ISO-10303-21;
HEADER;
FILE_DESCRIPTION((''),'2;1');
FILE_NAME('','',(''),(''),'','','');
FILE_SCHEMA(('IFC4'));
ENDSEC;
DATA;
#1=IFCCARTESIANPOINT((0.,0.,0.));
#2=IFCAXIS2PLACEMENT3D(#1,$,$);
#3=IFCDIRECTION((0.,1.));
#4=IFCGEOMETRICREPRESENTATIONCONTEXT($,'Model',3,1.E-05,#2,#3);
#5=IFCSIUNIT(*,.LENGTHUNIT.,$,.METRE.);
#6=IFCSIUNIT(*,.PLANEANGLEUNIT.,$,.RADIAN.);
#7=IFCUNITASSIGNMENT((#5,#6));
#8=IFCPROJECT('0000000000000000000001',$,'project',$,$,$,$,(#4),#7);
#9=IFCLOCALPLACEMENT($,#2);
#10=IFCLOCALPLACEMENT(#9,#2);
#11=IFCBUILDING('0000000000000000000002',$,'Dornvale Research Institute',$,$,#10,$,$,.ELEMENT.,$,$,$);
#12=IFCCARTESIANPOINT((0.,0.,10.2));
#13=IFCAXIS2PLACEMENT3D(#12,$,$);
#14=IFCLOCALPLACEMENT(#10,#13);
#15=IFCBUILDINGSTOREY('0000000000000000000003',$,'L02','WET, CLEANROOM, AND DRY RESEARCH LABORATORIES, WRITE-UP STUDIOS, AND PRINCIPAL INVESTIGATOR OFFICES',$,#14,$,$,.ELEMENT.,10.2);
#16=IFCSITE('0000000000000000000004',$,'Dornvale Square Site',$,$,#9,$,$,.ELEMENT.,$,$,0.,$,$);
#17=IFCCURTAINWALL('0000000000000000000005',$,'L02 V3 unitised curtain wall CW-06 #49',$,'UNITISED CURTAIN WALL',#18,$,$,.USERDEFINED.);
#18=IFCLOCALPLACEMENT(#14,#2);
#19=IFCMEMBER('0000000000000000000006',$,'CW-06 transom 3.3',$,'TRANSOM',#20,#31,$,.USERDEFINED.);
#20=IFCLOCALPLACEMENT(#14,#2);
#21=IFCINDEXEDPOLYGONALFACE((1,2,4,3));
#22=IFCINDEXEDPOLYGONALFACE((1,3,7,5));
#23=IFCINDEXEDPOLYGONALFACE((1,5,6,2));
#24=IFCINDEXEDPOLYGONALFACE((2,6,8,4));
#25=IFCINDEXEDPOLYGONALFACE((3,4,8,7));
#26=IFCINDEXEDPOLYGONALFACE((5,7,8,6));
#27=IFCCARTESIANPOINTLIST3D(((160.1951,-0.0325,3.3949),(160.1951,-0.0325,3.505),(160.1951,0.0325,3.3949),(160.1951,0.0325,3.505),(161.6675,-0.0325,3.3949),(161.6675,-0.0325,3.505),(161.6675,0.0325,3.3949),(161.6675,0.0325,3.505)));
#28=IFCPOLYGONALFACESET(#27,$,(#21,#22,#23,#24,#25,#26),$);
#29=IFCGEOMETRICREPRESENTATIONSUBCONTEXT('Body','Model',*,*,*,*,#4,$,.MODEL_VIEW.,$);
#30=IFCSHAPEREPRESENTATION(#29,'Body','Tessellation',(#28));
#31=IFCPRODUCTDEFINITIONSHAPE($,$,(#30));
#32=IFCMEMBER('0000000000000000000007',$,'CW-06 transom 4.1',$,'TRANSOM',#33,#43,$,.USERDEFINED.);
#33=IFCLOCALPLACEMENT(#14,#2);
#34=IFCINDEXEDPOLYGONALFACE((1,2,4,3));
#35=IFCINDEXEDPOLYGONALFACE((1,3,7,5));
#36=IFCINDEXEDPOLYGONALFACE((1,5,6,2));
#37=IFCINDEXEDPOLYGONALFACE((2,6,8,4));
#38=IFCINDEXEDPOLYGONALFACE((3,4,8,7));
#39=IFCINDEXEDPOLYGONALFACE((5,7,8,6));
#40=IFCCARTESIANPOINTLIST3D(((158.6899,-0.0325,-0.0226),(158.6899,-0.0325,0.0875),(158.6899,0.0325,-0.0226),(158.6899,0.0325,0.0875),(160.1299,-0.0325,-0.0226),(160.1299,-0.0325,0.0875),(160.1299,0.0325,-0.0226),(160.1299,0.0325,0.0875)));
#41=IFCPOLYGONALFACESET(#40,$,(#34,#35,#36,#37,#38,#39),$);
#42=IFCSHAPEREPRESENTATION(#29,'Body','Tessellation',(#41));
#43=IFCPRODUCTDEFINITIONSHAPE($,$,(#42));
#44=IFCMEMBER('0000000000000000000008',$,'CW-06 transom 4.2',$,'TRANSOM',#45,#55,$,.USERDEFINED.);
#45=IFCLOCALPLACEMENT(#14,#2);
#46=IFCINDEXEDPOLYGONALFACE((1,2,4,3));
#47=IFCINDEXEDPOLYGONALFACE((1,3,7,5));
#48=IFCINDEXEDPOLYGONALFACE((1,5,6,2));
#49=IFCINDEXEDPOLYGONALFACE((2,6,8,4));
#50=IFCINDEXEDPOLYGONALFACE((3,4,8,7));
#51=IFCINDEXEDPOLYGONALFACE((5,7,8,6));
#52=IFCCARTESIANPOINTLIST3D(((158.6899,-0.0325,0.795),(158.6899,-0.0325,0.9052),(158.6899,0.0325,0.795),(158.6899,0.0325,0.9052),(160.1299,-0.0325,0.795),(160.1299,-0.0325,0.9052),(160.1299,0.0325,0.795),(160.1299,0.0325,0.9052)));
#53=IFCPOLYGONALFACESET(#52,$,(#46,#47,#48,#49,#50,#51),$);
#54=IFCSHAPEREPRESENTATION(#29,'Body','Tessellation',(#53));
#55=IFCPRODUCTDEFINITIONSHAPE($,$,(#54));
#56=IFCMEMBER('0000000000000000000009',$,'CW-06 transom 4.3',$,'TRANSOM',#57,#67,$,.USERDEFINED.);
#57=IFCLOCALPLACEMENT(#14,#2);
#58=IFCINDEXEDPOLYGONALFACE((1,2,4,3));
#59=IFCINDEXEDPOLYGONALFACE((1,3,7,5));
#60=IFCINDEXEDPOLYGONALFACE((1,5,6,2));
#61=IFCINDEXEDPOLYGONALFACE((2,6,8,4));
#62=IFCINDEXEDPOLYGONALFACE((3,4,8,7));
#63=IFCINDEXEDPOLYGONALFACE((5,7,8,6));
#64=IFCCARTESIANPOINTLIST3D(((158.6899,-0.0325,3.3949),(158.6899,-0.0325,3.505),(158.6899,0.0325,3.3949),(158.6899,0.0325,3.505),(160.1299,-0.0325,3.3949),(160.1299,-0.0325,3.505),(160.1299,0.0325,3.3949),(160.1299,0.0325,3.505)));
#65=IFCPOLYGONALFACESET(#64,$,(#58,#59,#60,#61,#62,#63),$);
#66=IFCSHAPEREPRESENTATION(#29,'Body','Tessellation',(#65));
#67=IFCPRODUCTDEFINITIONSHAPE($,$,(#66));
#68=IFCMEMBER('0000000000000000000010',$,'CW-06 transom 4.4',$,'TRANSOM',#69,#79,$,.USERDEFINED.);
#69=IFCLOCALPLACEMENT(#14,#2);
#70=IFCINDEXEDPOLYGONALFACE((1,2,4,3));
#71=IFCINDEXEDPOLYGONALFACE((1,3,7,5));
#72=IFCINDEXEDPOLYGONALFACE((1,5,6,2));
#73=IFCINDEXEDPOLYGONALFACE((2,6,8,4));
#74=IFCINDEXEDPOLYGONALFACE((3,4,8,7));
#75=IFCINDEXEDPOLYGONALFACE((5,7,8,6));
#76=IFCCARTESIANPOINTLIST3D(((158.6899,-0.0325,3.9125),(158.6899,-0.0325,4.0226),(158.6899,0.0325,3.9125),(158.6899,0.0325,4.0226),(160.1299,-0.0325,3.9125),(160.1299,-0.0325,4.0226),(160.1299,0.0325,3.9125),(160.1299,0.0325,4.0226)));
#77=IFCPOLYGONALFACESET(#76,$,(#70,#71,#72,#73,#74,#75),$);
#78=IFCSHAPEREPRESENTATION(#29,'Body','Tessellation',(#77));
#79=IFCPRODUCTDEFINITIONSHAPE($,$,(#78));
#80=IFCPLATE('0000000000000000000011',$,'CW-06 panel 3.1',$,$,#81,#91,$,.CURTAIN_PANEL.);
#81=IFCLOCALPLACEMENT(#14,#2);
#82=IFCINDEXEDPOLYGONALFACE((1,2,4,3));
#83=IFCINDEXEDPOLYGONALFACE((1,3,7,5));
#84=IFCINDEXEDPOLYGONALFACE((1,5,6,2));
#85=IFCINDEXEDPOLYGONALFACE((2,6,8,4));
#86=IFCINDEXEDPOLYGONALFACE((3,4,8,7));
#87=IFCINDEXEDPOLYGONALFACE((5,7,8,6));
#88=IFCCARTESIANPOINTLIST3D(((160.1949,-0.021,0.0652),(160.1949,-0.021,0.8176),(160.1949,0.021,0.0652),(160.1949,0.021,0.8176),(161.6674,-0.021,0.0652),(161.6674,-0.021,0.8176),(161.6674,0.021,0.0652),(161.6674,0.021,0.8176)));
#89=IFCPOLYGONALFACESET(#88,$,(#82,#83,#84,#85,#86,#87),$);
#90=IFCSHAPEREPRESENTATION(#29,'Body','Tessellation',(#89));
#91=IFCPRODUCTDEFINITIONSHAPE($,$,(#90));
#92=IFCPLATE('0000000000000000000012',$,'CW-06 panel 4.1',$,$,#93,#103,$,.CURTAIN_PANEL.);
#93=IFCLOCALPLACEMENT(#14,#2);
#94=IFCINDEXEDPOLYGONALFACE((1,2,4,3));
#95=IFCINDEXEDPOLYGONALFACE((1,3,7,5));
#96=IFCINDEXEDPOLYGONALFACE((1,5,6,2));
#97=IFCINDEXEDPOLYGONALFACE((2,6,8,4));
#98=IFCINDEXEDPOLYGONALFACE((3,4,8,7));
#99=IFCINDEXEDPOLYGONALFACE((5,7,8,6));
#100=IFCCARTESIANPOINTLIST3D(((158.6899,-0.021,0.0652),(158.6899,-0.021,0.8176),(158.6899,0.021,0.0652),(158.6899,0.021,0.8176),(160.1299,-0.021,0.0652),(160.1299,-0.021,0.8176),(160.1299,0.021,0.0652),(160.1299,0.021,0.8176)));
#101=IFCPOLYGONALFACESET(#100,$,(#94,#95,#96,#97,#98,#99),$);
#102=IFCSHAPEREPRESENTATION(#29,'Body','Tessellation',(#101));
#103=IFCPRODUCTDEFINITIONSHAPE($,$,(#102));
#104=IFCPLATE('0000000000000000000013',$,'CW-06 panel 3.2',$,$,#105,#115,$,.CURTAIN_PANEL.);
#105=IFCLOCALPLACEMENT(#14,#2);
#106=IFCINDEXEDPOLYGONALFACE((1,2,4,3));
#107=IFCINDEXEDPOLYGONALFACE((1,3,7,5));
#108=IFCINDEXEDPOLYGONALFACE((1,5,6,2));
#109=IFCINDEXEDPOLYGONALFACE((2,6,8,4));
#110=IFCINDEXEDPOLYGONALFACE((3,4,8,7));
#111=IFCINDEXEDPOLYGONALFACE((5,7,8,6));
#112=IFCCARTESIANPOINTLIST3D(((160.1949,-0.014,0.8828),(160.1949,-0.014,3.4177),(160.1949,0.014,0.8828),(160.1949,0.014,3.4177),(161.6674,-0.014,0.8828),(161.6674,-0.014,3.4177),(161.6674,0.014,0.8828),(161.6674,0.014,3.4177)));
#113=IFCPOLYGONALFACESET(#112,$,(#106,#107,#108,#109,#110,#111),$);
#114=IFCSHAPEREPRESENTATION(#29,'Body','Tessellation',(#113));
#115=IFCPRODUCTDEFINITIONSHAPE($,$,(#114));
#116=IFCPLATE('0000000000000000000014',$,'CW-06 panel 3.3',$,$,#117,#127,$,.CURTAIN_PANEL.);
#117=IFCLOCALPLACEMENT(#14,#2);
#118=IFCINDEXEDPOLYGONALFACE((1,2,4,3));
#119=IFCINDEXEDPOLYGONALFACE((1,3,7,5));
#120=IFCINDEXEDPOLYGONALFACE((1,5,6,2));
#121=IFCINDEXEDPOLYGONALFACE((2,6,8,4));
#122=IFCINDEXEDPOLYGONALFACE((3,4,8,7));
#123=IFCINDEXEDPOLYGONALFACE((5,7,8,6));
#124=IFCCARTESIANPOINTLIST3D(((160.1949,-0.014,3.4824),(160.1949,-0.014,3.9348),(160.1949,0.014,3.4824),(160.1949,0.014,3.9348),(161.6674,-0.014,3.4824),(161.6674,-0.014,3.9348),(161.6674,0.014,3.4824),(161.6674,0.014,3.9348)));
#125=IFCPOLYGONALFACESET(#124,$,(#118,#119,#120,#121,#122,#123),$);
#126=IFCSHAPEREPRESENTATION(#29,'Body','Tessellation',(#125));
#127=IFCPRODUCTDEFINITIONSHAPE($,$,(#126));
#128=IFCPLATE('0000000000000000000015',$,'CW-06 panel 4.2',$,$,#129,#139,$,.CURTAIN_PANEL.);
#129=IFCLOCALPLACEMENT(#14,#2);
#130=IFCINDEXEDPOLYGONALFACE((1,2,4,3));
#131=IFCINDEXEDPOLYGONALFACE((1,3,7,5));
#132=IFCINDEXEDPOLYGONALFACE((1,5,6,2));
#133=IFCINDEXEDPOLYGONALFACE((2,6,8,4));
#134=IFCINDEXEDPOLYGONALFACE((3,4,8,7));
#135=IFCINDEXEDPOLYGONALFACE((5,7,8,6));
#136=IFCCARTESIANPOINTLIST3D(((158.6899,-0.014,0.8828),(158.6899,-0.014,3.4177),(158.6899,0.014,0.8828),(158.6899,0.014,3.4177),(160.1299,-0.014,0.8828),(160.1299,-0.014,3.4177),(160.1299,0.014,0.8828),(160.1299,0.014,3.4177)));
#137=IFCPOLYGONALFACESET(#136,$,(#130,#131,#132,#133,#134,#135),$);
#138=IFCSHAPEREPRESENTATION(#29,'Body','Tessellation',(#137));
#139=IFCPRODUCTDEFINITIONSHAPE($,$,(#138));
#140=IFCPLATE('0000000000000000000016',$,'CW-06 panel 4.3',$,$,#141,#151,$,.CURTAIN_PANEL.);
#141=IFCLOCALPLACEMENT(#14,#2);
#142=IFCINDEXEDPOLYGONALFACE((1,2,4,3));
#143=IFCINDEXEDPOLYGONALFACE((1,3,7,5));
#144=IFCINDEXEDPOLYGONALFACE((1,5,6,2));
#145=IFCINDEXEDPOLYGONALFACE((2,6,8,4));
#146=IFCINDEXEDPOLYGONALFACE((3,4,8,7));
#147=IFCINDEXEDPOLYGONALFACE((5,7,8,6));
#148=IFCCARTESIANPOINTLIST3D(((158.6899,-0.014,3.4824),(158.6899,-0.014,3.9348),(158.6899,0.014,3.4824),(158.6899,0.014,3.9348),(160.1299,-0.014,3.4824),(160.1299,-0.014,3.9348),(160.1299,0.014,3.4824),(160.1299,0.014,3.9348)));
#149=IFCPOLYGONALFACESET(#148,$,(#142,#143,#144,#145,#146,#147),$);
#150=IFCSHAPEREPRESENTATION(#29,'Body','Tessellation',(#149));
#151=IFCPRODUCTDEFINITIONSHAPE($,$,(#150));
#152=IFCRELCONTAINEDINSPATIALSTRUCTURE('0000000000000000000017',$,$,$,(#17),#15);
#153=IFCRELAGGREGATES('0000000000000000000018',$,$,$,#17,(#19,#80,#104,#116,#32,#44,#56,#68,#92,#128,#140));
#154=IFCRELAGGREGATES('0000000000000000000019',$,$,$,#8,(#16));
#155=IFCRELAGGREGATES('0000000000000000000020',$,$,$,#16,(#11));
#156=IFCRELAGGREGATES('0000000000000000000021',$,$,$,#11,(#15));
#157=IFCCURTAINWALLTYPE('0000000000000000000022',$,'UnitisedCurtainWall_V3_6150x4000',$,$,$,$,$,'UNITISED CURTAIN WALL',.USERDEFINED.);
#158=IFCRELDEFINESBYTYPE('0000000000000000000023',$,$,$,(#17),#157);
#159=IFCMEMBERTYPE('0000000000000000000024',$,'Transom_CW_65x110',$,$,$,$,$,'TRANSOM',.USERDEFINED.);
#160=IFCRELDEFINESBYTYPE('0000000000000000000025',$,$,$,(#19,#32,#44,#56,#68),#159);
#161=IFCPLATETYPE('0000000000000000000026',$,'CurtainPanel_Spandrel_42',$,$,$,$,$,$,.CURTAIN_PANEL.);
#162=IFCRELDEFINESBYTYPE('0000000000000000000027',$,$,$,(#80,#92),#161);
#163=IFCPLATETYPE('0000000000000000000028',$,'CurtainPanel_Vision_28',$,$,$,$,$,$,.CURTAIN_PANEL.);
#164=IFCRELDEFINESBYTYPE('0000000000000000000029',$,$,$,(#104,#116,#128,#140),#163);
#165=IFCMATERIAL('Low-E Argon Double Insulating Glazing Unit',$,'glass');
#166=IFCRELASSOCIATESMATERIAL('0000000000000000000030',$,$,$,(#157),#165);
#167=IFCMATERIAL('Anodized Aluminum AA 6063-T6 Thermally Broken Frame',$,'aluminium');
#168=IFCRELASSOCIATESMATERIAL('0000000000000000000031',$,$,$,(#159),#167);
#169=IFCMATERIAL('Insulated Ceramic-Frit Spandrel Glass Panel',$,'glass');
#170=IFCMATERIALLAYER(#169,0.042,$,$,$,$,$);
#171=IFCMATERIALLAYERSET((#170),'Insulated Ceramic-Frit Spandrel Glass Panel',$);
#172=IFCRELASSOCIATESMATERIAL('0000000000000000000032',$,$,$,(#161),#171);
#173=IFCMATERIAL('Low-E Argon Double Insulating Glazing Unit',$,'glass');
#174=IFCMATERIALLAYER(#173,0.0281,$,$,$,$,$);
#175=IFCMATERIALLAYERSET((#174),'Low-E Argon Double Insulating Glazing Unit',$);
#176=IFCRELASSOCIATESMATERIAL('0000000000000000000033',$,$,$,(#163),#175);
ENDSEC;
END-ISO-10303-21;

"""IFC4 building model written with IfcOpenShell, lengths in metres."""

from ifc_helpers import new_model, si_unit, direction, frame, origin, origin_2d, place, context, subcontext, project, spatial, rectangle, extrude, material, layer, layer_set, material_profile, profile_set, type_object, element, aggregate, save


model = new_model("IFC4")

# Units and contexts
model_context = context("Model", 3, precision=1e-05, world=origin(), true_north=direction((0.0, 1.0)))
body_context = subcontext(model_context, "Body", "Model", "MODEL_VIEW")
ifc_project = project(units=[si_unit("LENGTHUNIT", "METRE"), si_unit("PLANEANGLEUNIT", "RADIAN")], contexts=[model_context])

# Site, building, storey
site_placement = place(None, origin())
site = spatial("IfcSite", under=ifc_project, at=site_placement, Name="Dornvale Square Site", CompositionType="ELEMENT", RefElevation=0.0)
building_placement = place(site_placement, origin())
building = spatial("IfcBuilding", under=site, at=building_placement, Name="Dornvale Research Institute", CompositionType="ELEMENT")
storey_placement = place(building_placement, frame((0.0, 0.0, 10.2)))
storey = spatial("IfcBuildingStorey", under=building, at=storey_placement, Name="L02", Description="WET, CLEANROOM, AND DRY RESEARCH LABORATORIES, WRITE-UP STUDIOS, AND PRINCIPAL INVESTIGATOR OFFICES", CompositionType="ELEMENT", Elevation=10.2)

# Curtain wall
ifc_material_1 = material(Name="Low-E Argon Double Insulating Glazing Unit", Category="glass")
curtain_wall_type = type_object("IfcCurtainWallType", Name="UnitisedCurtainWall_V3_6150x4000", ElementType="UNITISED CURTAIN WALL", PredefinedType="USERDEFINED", material=ifc_material_1)
curtain_wall_placement = place(storey_placement, origin())
curtain_wall = element("IfcCurtainWall", 1, at=curtain_wall_placement, inside=storey, type_object=curtain_wall_type, Name="L02 V3 unitised curtain wall CW-06 #49", ObjectType="UNITISED CURTAIN WALL", PredefinedType="USERDEFINED")

# Members
ifc_material_2 = material(Name="Anodized Aluminum AA 6063-T6 Thermally Broken Frame", Category="aluminium")
ifc_material_profile_1 = material_profile(ifc_material_2, rectangle(XDim=0.0649, YDim=0.1101, at=origin_2d()), Name="ALU TRANSOM 65x110")
ifc_profile_set_1 = profile_set([ifc_material_profile_1], Name="Anodized Aluminum AA 6063-T6 Thermally Broken Frame")
member_type_1 = type_object("IfcMemberType", Name="Transom_CW_65x110", ElementType="TRANSOM", PredefinedType="USERDEFINED", material=ifc_profile_set_1)
member_1_placement = place(storey_placement, frame((161.6675, 0.0, 3.45), z_axis=(-1.0, 0.0, 0.0), x_axis=(0.0, -1.0, 0.0)))
member_1 = element("IfcMember", 2, at=member_1_placement, type_object=member_type_1, Name="CW-06 transom 3.3", ObjectType="TRANSOM", PredefinedType="USERDEFINED", context=body_context, shape_type="SweptSolid", body=[
    extrude(rectangle(XDim=0.0649, YDim=0.1101, at=origin_2d()), origin(), (0.0, 0.0, 1.0), 1.4724),
])
member_2_placement = place(storey_placement, frame((160.1299, 0.0, 0.0325), z_axis=(-1.0, 0.0, 0.0), x_axis=(0.0, -1.0, 0.0)))
member_2 = element("IfcMember", 3, at=member_2_placement, type_object=member_type_1, Name="CW-06 transom 4.1", ObjectType="TRANSOM", PredefinedType="USERDEFINED", context=body_context, shape_type="SweptSolid", body=[
    extrude(rectangle(XDim=0.0649, YDim=0.1101, at=origin_2d()), origin(), (0.0, 0.0, 1.0), 1.4399),
])
member_3_placement = place(storey_placement, frame((160.1299, 0.0, 0.8501), z_axis=(-1.0, 0.0, 0.0), x_axis=(0.0, -1.0, 0.0)))
member_3 = element("IfcMember", 4, at=member_3_placement, type_object=member_type_1, Name="CW-06 transom 4.2", ObjectType="TRANSOM", PredefinedType="USERDEFINED", context=body_context, shape_type="SweptSolid", body=[
    extrude(rectangle(XDim=0.0649, YDim=0.1101, at=origin_2d()), origin(), (0.0, 0.0, 1.0), 1.4399),
])
member_4_placement = place(storey_placement, frame((160.1299, 0.0, 3.45), z_axis=(-1.0, 0.0, 0.0), x_axis=(0.0, -1.0, 0.0)))
member_4 = element("IfcMember", 5, at=member_4_placement, type_object=member_type_1, Name="CW-06 transom 4.3", ObjectType="TRANSOM", PredefinedType="USERDEFINED", context=body_context, shape_type="SweptSolid", body=[
    extrude(rectangle(XDim=0.0649, YDim=0.1101, at=origin_2d()), origin(), (0.0, 0.0, 1.0), 1.4399),
])
member_5_placement = place(storey_placement, frame((160.1299, 0.0, 3.9675), z_axis=(-1.0, 0.0, 0.0), x_axis=(0.0, -1.0, 0.0)))
member_5 = element("IfcMember", 6, at=member_5_placement, type_object=member_type_1, Name="CW-06 transom 4.4", ObjectType="TRANSOM", PredefinedType="USERDEFINED", context=body_context, shape_type="SweptSolid", body=[
    extrude(rectangle(XDim=0.0649, YDim=0.1101, at=origin_2d()), origin(), (0.0, 0.0, 1.0), 1.4399),
])

# Plates
ifc_material_3 = material(Name="Insulated Ceramic-Frit Spandrel Glass Panel", Category="glass")
ifc_layer_1 = layer(ifc_material_3, 0.042)
ifc_layer_set_1 = layer_set([ifc_layer_1], Name="Insulated Ceramic-Frit Spandrel Glass Panel")
plate_type_1 = type_object("IfcPlateType", Name="CurtainPanel_Spandrel_42", PredefinedType="CURTAIN_PANEL", material=ifc_layer_set_1)
plate_1_placement = place(storey_placement, frame((160.9312, 0.0, 0.0652), z_axis=(0.0, 0.0, 1.0), x_axis=(-1.0, 0.0, 0.0)))
plate_1 = element("IfcPlate", 7, at=plate_1_placement, type_object=plate_type_1, Name="CW-06 panel 3.1", PredefinedType="CURTAIN_PANEL", context=body_context, shape_type="SweptSolid", body=[
    extrude(rectangle(XDim=1.4724, YDim=0.042, at=origin_2d()), origin(), (0.0, 0.0, 1.0), 0.7524),
])
plate_2_placement = place(storey_placement, frame((159.4099, 0.0, 0.0652), z_axis=(0.0, 0.0, 1.0), x_axis=(-1.0, 0.0, 0.0)))
plate_2 = element("IfcPlate", 8, at=plate_2_placement, type_object=plate_type_1, Name="CW-06 panel 4.1", PredefinedType="CURTAIN_PANEL", context=body_context, shape_type="SweptSolid", body=[
    extrude(rectangle(XDim=1.4399, YDim=0.042, at=origin_2d()), origin(), (0.0, 0.0, 1.0), 0.7524),
])
ifc_material_4 = material(Name="Low-E Argon Double Insulating Glazing Unit", Category="glass")
ifc_layer_2 = layer(ifc_material_4, 0.0281)
ifc_layer_set_2 = layer_set([ifc_layer_2], Name="Low-E Argon Double Insulating Glazing Unit")
plate_type_2 = type_object("IfcPlateType", Name="CurtainPanel_Vision_28", PredefinedType="CURTAIN_PANEL", material=ifc_layer_set_2)
plate_3_placement = place(storey_placement, frame((160.9312, 0.0, 0.8828), z_axis=(0.0, 0.0, 1.0), x_axis=(-1.0, 0.0, 0.0)))
plate_3 = element("IfcPlate", 9, at=plate_3_placement, type_object=plate_type_2, Name="CW-06 panel 3.2", PredefinedType="CURTAIN_PANEL", context=body_context, shape_type="SweptSolid", body=[
    extrude(rectangle(XDim=1.4724, YDim=0.0281, at=origin_2d()), origin(), (0.0, 0.0, 1.0), 2.5349),
])
plate_4_placement = place(storey_placement, frame((160.9312, 0.0, 3.4824), z_axis=(0.0, 0.0, 1.0), x_axis=(-1.0, 0.0, 0.0)))
plate_4 = element("IfcPlate", 10, at=plate_4_placement, type_object=plate_type_2, Name="CW-06 panel 3.3", PredefinedType="CURTAIN_PANEL", context=body_context, shape_type="SweptSolid", body=[
    extrude(rectangle(XDim=1.4724, YDim=0.0281, at=origin_2d()), origin(), (0.0, 0.0, 1.0), 0.4524),
])
plate_5_placement = place(storey_placement, frame((159.4099, 0.0, 0.8828), z_axis=(0.0, 0.0, 1.0), x_axis=(-1.0, 0.0, 0.0)))
plate_5 = element("IfcPlate", 11, at=plate_5_placement, type_object=plate_type_2, Name="CW-06 panel 4.2", PredefinedType="CURTAIN_PANEL", context=body_context, shape_type="SweptSolid", body=[
    extrude(rectangle(XDim=1.4399, YDim=0.0281, at=origin_2d()), origin(), (0.0, 0.0, 1.0), 2.5349),
])
plate_6_placement = place(storey_placement, frame((159.4099, 0.0, 3.4824), z_axis=(0.0, 0.0, 1.0), x_axis=(-1.0, 0.0, 0.0)))
plate_6 = element("IfcPlate", 12, at=plate_6_placement, type_object=plate_type_2, Name="CW-06 panel 4.3", PredefinedType="CURTAIN_PANEL", context=body_context, shape_type="SweptSolid", body=[
    extrude(rectangle(XDim=1.4399, YDim=0.0281, at=origin_2d()), origin(), (0.0, 0.0, 1.0), 0.4524),
])
aggregate(curtain_wall, [member_1, plate_1, plate_3, plate_4, member_2, member_3, member_4, member_5, plate_2, plate_5, plate_6])

save(model, "model.ifc")
